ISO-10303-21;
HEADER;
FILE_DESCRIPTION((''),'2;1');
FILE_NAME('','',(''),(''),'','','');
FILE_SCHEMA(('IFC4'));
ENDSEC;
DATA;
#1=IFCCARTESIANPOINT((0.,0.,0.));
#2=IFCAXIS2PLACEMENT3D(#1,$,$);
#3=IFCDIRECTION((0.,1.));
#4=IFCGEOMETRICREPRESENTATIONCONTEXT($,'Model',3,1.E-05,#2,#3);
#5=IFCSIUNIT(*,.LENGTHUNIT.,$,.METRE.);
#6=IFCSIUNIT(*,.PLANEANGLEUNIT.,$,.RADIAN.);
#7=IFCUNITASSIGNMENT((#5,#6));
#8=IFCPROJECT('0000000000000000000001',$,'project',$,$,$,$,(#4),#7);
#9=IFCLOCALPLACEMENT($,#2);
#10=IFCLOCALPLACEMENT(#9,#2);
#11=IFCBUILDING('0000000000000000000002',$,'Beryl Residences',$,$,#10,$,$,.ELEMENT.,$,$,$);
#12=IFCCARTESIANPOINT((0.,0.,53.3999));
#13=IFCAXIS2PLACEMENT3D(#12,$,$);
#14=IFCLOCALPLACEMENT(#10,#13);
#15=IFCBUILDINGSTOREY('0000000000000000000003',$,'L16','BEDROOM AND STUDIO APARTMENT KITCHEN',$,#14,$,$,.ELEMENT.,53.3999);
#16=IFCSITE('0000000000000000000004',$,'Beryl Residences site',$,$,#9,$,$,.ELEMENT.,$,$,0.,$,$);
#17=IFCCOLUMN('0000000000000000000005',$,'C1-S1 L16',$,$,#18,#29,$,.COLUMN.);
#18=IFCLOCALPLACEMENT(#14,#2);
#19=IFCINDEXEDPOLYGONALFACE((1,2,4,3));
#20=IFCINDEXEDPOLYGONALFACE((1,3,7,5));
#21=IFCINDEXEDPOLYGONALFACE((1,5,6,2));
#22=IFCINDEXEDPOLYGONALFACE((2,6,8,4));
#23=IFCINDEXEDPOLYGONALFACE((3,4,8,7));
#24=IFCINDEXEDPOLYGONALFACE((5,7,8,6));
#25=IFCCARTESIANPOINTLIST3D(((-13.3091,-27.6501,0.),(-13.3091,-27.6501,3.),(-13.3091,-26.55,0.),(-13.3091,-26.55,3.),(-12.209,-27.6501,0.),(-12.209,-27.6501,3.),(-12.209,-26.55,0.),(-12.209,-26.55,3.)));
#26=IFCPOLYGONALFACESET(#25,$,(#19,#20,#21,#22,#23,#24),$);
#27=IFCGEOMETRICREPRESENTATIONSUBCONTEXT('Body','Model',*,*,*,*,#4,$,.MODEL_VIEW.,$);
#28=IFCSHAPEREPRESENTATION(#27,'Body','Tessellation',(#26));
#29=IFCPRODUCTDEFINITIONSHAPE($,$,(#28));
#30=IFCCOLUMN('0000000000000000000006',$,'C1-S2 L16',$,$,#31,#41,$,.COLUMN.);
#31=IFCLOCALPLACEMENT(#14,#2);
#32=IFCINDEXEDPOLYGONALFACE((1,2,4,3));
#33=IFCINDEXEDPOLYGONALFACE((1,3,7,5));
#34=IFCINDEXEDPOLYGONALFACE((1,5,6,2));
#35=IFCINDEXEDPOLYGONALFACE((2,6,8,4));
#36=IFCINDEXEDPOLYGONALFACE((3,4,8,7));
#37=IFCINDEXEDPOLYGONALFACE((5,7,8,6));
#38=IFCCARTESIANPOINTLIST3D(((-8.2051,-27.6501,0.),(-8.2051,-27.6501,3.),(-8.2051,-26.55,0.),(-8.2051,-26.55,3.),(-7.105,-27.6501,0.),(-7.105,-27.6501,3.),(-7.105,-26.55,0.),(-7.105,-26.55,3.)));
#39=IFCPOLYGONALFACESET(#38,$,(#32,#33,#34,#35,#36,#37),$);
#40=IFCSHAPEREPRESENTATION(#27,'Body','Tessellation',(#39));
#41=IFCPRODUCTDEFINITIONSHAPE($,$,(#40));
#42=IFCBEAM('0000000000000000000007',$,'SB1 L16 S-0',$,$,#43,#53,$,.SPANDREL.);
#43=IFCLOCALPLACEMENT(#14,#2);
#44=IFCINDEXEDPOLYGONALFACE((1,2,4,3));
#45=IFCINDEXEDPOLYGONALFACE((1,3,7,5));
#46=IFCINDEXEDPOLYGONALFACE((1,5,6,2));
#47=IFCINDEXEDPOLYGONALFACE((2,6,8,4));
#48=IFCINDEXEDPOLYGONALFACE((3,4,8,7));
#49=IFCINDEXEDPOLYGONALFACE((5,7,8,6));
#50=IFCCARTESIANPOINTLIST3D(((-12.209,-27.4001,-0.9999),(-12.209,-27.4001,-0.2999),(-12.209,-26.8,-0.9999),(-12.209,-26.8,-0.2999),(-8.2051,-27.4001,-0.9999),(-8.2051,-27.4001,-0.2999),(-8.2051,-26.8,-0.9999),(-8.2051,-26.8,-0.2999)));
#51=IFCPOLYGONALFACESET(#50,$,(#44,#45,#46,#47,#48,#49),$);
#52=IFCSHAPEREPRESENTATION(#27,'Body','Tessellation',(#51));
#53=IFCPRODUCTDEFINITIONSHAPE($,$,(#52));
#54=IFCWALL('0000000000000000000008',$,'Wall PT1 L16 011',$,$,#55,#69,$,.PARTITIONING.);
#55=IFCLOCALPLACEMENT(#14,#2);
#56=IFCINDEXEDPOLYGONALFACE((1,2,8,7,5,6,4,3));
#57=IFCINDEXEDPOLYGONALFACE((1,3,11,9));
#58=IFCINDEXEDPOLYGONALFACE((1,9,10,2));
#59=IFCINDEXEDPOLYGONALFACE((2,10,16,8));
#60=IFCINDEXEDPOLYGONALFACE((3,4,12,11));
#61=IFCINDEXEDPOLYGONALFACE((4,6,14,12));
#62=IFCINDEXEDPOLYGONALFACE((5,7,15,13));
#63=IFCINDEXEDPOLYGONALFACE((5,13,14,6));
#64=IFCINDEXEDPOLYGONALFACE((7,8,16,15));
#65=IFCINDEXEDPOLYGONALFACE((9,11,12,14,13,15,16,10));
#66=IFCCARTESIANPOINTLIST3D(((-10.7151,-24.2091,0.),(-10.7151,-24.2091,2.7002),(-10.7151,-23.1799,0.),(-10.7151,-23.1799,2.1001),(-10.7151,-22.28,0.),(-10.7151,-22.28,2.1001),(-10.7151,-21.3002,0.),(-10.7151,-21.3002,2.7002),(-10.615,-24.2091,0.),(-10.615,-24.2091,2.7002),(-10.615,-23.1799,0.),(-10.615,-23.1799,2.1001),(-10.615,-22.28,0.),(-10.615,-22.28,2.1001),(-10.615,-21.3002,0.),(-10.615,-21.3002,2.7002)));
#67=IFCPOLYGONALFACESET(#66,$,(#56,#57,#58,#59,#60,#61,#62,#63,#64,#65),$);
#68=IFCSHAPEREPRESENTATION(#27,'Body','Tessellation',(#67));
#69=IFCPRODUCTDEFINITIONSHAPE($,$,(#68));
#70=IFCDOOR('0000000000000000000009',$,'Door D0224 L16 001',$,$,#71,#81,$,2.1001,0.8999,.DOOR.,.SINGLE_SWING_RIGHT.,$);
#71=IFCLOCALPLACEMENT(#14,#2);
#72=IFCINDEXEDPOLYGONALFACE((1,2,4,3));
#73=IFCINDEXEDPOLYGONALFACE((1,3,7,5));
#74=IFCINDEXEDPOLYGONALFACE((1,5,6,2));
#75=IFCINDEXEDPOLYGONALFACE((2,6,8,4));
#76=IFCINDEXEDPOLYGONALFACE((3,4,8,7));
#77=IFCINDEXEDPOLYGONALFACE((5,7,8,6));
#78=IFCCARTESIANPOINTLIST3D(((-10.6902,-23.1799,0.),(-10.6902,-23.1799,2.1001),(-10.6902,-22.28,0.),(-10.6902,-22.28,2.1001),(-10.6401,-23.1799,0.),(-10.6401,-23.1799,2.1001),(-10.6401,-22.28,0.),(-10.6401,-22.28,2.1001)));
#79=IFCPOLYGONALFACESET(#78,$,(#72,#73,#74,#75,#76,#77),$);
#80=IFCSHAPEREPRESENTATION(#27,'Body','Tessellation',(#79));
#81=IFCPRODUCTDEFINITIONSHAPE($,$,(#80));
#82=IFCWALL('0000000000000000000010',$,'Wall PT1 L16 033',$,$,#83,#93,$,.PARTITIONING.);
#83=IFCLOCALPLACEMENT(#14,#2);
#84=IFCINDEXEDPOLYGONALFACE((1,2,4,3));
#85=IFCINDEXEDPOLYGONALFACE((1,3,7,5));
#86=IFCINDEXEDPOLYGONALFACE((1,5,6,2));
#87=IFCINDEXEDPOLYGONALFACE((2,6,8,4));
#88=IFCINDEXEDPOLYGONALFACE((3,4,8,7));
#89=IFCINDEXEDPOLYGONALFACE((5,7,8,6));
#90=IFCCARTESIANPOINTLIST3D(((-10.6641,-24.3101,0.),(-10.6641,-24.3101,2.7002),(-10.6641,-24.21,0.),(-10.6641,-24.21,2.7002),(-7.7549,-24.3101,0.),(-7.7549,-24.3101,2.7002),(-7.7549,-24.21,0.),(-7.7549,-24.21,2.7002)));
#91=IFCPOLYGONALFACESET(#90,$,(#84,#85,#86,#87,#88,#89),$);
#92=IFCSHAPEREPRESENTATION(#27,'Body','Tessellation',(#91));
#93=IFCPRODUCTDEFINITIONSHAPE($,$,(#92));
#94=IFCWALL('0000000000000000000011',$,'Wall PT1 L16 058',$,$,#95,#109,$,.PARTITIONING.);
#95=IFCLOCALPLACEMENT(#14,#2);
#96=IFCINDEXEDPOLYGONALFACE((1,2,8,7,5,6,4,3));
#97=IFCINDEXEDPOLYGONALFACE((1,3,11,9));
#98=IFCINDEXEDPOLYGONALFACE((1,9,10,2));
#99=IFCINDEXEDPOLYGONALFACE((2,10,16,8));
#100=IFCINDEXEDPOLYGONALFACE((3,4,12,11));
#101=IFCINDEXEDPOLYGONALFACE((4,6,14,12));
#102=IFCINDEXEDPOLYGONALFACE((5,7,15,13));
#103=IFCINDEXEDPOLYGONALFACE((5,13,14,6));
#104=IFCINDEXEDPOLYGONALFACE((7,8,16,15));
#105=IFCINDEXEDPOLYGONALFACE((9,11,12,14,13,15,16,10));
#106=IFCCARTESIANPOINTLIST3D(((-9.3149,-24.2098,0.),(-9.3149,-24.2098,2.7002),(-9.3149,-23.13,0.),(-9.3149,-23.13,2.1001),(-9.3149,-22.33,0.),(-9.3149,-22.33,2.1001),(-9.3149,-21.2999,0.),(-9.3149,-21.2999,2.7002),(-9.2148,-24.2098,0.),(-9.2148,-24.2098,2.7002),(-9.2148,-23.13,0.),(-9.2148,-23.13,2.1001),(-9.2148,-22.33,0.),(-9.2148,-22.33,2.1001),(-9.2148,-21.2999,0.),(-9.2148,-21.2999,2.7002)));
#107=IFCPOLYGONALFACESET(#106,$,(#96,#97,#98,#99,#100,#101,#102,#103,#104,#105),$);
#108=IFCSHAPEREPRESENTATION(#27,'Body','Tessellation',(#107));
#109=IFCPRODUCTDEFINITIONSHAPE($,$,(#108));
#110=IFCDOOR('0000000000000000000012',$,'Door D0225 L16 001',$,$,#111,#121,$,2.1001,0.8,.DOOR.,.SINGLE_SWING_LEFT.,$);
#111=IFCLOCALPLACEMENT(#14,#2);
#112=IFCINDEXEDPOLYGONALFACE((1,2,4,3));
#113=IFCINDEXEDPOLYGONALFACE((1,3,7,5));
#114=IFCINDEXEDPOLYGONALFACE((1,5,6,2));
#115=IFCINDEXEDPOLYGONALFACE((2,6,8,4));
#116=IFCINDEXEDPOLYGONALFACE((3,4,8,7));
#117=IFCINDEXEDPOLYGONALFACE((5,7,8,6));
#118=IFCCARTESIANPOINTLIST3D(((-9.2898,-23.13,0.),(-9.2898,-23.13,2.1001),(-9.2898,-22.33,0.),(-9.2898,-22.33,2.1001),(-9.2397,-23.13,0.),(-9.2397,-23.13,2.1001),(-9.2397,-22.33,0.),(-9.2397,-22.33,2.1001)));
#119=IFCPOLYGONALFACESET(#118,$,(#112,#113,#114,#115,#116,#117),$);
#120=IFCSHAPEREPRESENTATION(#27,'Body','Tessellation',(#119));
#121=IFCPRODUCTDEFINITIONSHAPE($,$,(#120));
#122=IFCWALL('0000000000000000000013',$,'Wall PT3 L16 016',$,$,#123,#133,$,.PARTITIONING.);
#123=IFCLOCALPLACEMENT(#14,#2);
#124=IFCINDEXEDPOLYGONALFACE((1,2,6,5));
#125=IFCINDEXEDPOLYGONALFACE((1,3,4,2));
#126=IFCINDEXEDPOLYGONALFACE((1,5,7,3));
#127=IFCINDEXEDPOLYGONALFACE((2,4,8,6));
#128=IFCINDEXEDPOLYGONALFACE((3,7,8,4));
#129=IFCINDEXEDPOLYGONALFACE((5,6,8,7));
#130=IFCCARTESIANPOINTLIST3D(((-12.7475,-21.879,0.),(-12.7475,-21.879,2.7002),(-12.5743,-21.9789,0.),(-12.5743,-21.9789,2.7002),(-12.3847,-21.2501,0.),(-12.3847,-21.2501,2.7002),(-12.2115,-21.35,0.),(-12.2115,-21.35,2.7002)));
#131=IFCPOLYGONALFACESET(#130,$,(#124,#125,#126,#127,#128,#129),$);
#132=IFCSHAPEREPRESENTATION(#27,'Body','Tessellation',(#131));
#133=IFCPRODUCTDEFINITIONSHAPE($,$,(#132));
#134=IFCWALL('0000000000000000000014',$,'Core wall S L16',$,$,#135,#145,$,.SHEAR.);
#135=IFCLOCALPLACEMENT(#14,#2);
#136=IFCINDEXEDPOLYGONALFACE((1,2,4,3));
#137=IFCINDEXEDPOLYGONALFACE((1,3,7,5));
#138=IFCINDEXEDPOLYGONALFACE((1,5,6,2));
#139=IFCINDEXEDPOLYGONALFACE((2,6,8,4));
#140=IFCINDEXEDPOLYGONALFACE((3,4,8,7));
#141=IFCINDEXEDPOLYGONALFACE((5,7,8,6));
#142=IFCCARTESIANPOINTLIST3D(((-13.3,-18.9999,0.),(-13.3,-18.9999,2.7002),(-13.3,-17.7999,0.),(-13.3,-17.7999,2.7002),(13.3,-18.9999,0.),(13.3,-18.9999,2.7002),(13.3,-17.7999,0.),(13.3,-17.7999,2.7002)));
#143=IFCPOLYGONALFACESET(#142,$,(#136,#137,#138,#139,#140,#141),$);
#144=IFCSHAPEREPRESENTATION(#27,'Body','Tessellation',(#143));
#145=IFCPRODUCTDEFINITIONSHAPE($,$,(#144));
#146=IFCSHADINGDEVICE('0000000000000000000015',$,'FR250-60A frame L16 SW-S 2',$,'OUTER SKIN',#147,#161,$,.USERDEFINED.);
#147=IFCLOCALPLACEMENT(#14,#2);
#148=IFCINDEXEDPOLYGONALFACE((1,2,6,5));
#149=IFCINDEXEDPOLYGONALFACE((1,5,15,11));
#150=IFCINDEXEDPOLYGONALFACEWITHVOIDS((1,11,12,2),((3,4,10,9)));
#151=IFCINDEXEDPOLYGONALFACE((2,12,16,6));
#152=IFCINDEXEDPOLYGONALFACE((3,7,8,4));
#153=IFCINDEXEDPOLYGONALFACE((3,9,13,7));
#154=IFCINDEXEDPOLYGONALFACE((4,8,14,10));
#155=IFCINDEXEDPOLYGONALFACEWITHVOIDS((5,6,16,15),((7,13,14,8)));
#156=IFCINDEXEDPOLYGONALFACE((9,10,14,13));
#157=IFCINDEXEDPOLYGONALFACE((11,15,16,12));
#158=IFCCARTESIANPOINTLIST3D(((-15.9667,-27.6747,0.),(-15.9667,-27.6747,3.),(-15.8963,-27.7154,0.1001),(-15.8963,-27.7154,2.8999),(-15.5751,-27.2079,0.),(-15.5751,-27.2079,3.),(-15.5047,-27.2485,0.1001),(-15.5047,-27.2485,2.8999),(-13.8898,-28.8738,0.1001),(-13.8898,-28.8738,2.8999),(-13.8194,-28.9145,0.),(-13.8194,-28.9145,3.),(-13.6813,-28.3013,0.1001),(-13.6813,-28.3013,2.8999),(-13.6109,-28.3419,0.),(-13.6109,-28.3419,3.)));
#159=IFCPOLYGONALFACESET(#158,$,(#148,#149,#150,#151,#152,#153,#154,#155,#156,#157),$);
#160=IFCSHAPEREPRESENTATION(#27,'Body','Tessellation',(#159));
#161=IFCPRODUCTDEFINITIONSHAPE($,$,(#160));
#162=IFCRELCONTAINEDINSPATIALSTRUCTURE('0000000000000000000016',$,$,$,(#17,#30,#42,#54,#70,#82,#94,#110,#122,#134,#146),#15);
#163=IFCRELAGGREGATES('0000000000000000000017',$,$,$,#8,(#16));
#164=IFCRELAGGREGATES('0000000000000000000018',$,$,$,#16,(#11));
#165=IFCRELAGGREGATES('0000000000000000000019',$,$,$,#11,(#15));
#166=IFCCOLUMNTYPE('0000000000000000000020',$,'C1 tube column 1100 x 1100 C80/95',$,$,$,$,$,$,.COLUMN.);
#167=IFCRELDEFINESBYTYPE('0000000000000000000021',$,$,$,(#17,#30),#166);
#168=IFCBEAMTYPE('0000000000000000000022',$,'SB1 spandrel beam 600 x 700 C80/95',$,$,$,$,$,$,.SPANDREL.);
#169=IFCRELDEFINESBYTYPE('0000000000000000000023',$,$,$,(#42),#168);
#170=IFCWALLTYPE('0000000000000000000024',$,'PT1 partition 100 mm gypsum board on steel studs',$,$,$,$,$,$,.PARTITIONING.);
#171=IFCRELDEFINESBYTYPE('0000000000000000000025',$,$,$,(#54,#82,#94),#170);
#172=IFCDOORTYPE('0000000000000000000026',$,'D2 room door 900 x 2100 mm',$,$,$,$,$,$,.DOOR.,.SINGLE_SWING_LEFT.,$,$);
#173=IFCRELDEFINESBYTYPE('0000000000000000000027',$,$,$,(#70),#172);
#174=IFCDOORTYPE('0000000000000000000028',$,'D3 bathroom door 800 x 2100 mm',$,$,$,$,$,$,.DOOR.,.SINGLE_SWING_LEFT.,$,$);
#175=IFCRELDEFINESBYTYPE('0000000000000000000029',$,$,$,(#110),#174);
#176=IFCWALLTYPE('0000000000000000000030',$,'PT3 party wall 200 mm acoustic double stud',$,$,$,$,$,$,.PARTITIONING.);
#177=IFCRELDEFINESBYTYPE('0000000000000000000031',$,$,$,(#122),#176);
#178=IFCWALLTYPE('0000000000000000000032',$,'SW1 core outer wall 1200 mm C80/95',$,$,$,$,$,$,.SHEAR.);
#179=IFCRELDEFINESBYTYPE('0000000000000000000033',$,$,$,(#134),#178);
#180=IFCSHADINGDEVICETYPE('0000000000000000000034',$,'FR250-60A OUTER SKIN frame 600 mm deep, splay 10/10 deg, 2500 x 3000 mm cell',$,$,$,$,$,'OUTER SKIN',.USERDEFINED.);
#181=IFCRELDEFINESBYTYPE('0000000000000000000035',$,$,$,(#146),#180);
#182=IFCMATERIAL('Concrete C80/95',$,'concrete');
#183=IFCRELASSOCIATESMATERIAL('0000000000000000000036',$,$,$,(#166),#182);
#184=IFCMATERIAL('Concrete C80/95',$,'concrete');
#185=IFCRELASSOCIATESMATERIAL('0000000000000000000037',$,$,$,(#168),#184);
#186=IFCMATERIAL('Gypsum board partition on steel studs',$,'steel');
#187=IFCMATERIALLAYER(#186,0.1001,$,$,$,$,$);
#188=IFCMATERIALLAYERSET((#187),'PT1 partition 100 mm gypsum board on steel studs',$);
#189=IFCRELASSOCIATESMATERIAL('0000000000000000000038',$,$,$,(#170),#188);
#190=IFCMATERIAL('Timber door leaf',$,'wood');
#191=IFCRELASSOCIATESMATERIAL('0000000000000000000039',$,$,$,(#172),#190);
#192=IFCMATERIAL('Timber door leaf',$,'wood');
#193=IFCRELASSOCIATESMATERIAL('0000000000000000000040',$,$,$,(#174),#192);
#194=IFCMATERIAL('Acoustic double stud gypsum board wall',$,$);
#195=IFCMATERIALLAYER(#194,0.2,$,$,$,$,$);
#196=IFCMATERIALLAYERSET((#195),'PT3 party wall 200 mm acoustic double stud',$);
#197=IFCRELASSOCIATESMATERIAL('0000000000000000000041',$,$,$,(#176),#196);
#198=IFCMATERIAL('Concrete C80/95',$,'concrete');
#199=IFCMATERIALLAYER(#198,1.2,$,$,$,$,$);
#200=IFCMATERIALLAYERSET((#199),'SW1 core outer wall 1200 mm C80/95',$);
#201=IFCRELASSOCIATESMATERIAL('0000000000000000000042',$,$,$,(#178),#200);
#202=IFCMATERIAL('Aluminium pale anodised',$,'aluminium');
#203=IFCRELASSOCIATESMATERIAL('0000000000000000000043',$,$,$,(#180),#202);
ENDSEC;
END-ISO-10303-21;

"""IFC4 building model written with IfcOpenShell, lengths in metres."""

from ifc_helpers import new_model, entity, si_unit, direction, frame, frame_2d, origin, origin_2d, place, context, subcontext, project, spatial, rectangle, extrude, source, transform, mapped, material, layer, layer_set, material_profile, profile_set, type_object, type_shapes, element, fill, save


model = new_model("IFC4")

# Units and contexts
model_context = context("Model", 3, precision=1e-05, world=origin(), true_north=direction((0.0, 1.0)))
body_context = subcontext(model_context, "Body", "Model", "MODEL_VIEW")
ifc_project = project(units=[si_unit("LENGTHUNIT", "METRE"), si_unit("PLANEANGLEUNIT", "RADIAN")], contexts=[model_context])

# Site, building, storey
site_placement = place(None, origin())
site = spatial("IfcSite", under=ifc_project, at=site_placement, Name="Beryl Residences site", CompositionType="ELEMENT", RefElevation=0.0)
building_placement = place(site_placement, origin())
building = spatial("IfcBuilding", under=site, at=building_placement, Name="Beryl Residences", CompositionType="ELEMENT")
storey_placement = place(building_placement, frame((0.0, 0.0, 53.3999)))
storey = spatial("IfcBuildingStorey", under=building, at=storey_placement, Name="L16", Description="BEDROOM AND STUDIO APARTMENT KITCHEN", CompositionType="ELEMENT", Elevation=53.3999)

# Columns
ifc_material_1 = material(Name="Concrete C80/95", Category="concrete")
ifc_material_profile_1 = material_profile(ifc_material_1, rectangle(XDim=1.1001, YDim=1.1001, at=origin_2d()))
ifc_profile_set_1 = profile_set([ifc_material_profile_1], Name="Concrete C80/95")
column_type = type_object("IfcColumnType", Name="C1 tube column 1100 x 1100 C80/95", PredefinedType="COLUMN", material=ifc_profile_set_1)
for number, where, z_axis, x_axis, name in (
    (1, (-12.759, -27.1001, 0.0), (0.0, 0.0, 1.0), (1.0, 0.0, 0.0), "C1-S1 L16"),
    (2, (-7.655, -27.1001, 0.0), (0.0, 0.0, 1.0), (1.0, 0.0, 0.0), "C1-S2 L16"),
):
    element("IfcColumn", number, at=place(storey_placement, frame(where, z_axis=z_axis, x_axis=x_axis)), inside=storey, type_object=column_type, Name=name, PredefinedType="COLUMN", context=body_context, shape_type="SweptSolid", body=[
        extrude(rectangle(XDim=1.1001, YDim=1.1001, at=origin_2d()), origin(), (0.0, 0.0, 1.0), 3.0),
    ])

# Beam
ifc_material_2 = material(Name="Concrete C80/95", Category="concrete")
ifc_material_profile_2 = material_profile(ifc_material_2, rectangle(XDim=0.6001, YDim=0.7, at=origin_2d()))
ifc_profile_set_2 = profile_set([ifc_material_profile_2], Name="Concrete C80/95")
beam_type = type_object("IfcBeamType", Name="SB1 spandrel beam 600 x 700 C80/95", PredefinedType="SPANDREL", material=ifc_profile_set_2)
beam_placement = place(storey_placement, frame((-12.209, -27.1001, -0.6499), z_axis=(1.0, 0.0, 0.0), x_axis=(0.0, 1.0, 0.0)))
element("IfcBeam", 3, at=beam_placement, inside=storey, type_object=beam_type, Name="SB1 L16 S-0", PredefinedType="SPANDREL", context=body_context, shape_type="SweptSolid", body=[
    extrude(rectangle(XDim=0.6001, YDim=0.7, at=origin_2d()), origin(), (0.0, 0.0, 1.0), 4.0039),
])

# Wall, opening, door
ifc_material_3 = material(Name="Gypsum board partition on steel studs", Category="steel")
ifc_layer_1 = layer(ifc_material_3, 0.1001)
ifc_layer_set_1 = layer_set([ifc_layer_1], Name="PT1 partition 100 mm gypsum board on steel studs")
wall_type_1 = type_object("IfcWallType", Name="PT1 partition 100 mm gypsum board on steel studs", PredefinedType="PARTITIONING", material=ifc_layer_set_1)
wall_1_placement = place(storey_placement, frame((-10.665, -21.3, 0.0), z_axis=(0.0, 0.0, 1.0), x_axis=(0.0, -1.0, 0.0)))
wall_1 = element("IfcWall", 4, at=wall_1_placement, inside=storey, type_object=wall_type_1, Name="Wall PT1 L16 011", PredefinedType="PARTITIONING", context=body_context, shape_type="SweptSolid", body=[
    extrude(rectangle(XDim=2.9089, YDim=0.1001, at=frame_2d((1.4546, 0.0))), origin(), (0.0, 0.0, 1.0), 2.7002),
])
opening_1_placement = place(wall_1_placement, frame((0.98, 0.0, 0.0)))
opening_1 = element("IfcOpeningElement", 5, at=opening_1_placement, cuts=wall_1, PredefinedType="OPENING", context=body_context, shape_type="SweptSolid", body=[
    extrude(rectangle(XDim=0.8999, YDim=2.1001, at=frame_2d((0.45, 1.05))), frame((0.0, 0.0601, 0.0), z_axis=(0.0, -1.0, 0.0), x_axis=(1.0, 0.0, 0.0)), (0.0, 0.0, 1.0), 0.1201),
])
ifc_material_4 = material(Name="Timber door leaf", Category="wood")
door_type_1 = type_object("IfcDoorType", Name="D2 room door 900 x 2100 mm", OperationType="SINGLE_SWING_LEFT", PredefinedType="DOOR", material=ifc_material_4)
door_1_placement = place(opening_1_placement, origin())
door_1 = element("IfcDoor", 6, at=door_1_placement, inside=storey, type_object=door_type_1, Name="Door D0224 L16 001", OperationType="SINGLE_SWING_RIGHT", OverallHeight=2.1001, OverallWidth=0.8999, PredefinedType="DOOR", context=body_context, shape_type="SweptSolid", body=[
    extrude(rectangle(XDim=0.8999, YDim=2.1001, at=frame_2d((0.45, 1.05))), frame((0.0, 0.0249, 0.0), z_axis=(0.0, -1.0, 0.0), x_axis=(1.0, 0.0, 0.0)), (0.0, 0.0, 1.0), 0.05),
])
fill(opening_1, door_1)

# Wall
wall_2_placement = place(storey_placement, frame((-10.6641, -24.26, 0.0), z_axis=(0.0, 0.0, 1.0), x_axis=(1.0, 0.0, 0.0)))
element("IfcWall", 7, at=wall_2_placement, inside=storey, type_object=wall_type_1, Name="Wall PT1 L16 033", PredefinedType="PARTITIONING", context=body_context, shape_type="SweptSolid", body=[
    extrude(rectangle(XDim=2.9092, YDim=0.1001, at=frame_2d((1.4546, 0.0))), origin(), (0.0, 0.0, 1.0), 2.7002),
])

# Wall, opening, door
wall_3_placement = place(storey_placement, frame((-9.2649, -24.21, 0.0), z_axis=(0.0, 0.0, 1.0), x_axis=(0.0, 1.0, 0.0)))
wall_3 = element("IfcWall", 8, at=wall_3_placement, inside=storey, type_object=wall_type_1, Name="Wall PT1 L16 058", PredefinedType="PARTITIONING", context=body_context, shape_type="SweptSolid", body=[
    extrude(rectangle(XDim=2.9099, YDim=0.1001, at=frame_2d((1.4551, 0.0))), origin(), (0.0, 0.0, 1.0), 2.7002),
])
opening_2_placement = place(wall_3_placement, frame((1.0801, 0.0, 0.0)))
opening_2 = element("IfcOpeningElement", 9, at=opening_2_placement, cuts=wall_3, PredefinedType="OPENING", context=body_context, shape_type="SweptSolid", body=[
    extrude(rectangle(XDim=0.8, YDim=2.1001, at=frame_2d((0.3999, 1.05))), frame((0.0, 0.0601, 0.0), z_axis=(0.0, -1.0, 0.0), x_axis=(1.0, 0.0, 0.0)), (0.0, 0.0, 1.0), 0.1201),
])
ifc_material_5 = material(Name="Timber door leaf", Category="wood")
door_type_2 = type_object("IfcDoorType", Name="D3 bathroom door 800 x 2100 mm", OperationType="SINGLE_SWING_LEFT", PredefinedType="DOOR", material=ifc_material_5)
door_2_placement = place(opening_2_placement, origin())
door_2 = element("IfcDoor", 10, at=door_2_placement, inside=storey, type_object=door_type_2, Name="Door D0225 L16 001", OperationType="SINGLE_SWING_LEFT", OverallHeight=2.1001, OverallWidth=0.8, PredefinedType="DOOR", context=body_context, shape_type="SweptSolid", body=[
    extrude(rectangle(XDim=0.8, YDim=2.1001, at=frame_2d((0.3999, 1.05))), frame((0.0, 0.0249, 0.0), z_axis=(0.0, -1.0, 0.0), x_axis=(1.0, 0.0, 0.0)), (0.0, 0.0, 1.0), 0.05),
])
fill(opening_2, door_2)

# Walls
ifc_material_6 = material(Name="Acoustic double stud gypsum board wall")
ifc_layer_2 = layer(ifc_material_6, 0.2)
ifc_layer_set_2 = layer_set([ifc_layer_2], Name="PT3 party wall 200 mm acoustic double stud")
wall_type_2 = type_object("IfcWallType", Name="PT3 party wall 200 mm acoustic double stud", PredefinedType="PARTITIONING", material=ifc_layer_set_2)
wall_4_placement = place(storey_placement, frame((-12.6609, -21.929, 0.0), z_axis=(0.0, 0.0, 1.0), x_axis=(0.499684, 0.866208, 0.0)))
element("IfcWall", 11, at=wall_4_placement, inside=storey, type_object=wall_type_2, Name="Wall PT3 L16 016", PredefinedType="PARTITIONING", context=body_context, shape_type="SweptSolid", body=[
    extrude(rectangle(XDim=0.7261, YDim=0.2, at=frame_2d((0.363, 0.0))), origin(), (0.0, 0.0, 1.0), 2.7002),
])
ifc_material_7 = material(Name="Concrete C80/95", Category="concrete")
ifc_layer_3 = layer(ifc_material_7, 1.2)
ifc_layer_set_3 = layer_set([ifc_layer_3], Name="SW1 core outer wall 1200 mm C80/95")
wall_type_3 = type_object("IfcWallType", Name="SW1 core outer wall 1200 mm C80/95", PredefinedType="SHEAR", material=ifc_layer_set_3)
wall_5_placement = place(storey_placement, frame((-13.3, -18.3999, 0.0), z_axis=(0.0, 0.0, 1.0), x_axis=(1.0, 0.0, 0.0)))
element("IfcWall", 12, at=wall_5_placement, inside=storey, type_object=wall_type_3, Name="Core wall S L16", PredefinedType="SHEAR", context=body_context, shape_type="SweptSolid", body=[
    extrude(rectangle(XDim=26.6001, YDim=1.2, at=frame_2d((13.3, 0.0))), origin(), (0.0, 0.0, 1.0), 2.7002),
])

# Shading device
ifc_material_8 = material(Name="Aluminium pale anodised", Category="aluminium")
shading_device_type_1 = type_object("IfcShadingDeviceType", Name="FR250-60A OUTER SKIN frame 600 mm deep, splay 10/10 deg, 2500 x 3000 mm cell", ElementType="OUTER SKIN", PredefinedType="USERDEFINED", material=ifc_material_8)
cartesian_point_1 = entity("IfcCartesianPoint", [-1.134, 0.0])
cartesian_point_2 = entity("IfcCartesianPoint", [-1.0527, 0.1001])
cartesian_point_3 = entity("IfcCartesianPoint", [-1.2397, 0.0])
cartesian_point_4 = entity("IfcCartesianPoint", [-1.1584, 0.1001])
shared_shape_1 = source(origin(), body_context, "Body", "SweptSolid", [
    entity("IfcExtrudedAreaSolidTapered", entity("IfcArbitraryProfileDefWithVoids", "AREA", None, entity("IfcPolyline", [cartesian_point_1, entity("IfcCartesianPoint", [1.134, 0.0]), entity("IfcCartesianPoint", [1.134, 3.0]), entity("IfcCartesianPoint", [-1.134, 3.0]), cartesian_point_1]), [entity("IfcPolyline", [cartesian_point_2, entity("IfcCartesianPoint", [1.0527, 0.1001]), entity("IfcCartesianPoint", [1.0527, 2.8999]), entity("IfcCartesianPoint", [-1.0527, 2.8999]), cartesian_point_2])]), entity("IfcAxis2Placement3D", entity("IfcCartesianPoint", [0.0, 0.0, 0.0]), entity("IfcDirection", [0.0, 1.0, 0.0]), entity("IfcDirection", [-1.0, 0.0, 0.0])), entity("IfcDirection", [0.0, 0.0, 1.0]), 0.6001, entity("IfcArbitraryProfileDefWithVoids", "AREA", None, entity("IfcPolyline", [cartesian_point_3, entity("IfcCartesianPoint", [1.2397, 0.0]), entity("IfcCartesianPoint", [1.2397, 3.0]), entity("IfcCartesianPoint", [-1.2397, 3.0]), cartesian_point_3]), [entity("IfcPolyline", [cartesian_point_4, entity("IfcCartesianPoint", [1.1584, 0.1001]), entity("IfcCartesianPoint", [1.1584, 2.8999]), entity("IfcCartesianPoint", [-1.1584, 2.8999]), cartesian_point_4])])),
])
type_shapes(shading_device_type_1, [shared_shape_1])
shading_device_placement = place(storey_placement, frame((-14.593, -27.7749, 0.0), z_axis=(0.0, 0.0, 1.0), x_axis=(-0.866025, 0.5, 0.0)))
element("IfcShadingDevice", 13, at=shading_device_placement, inside=storey, type_object=shading_device_type_1, Name="FR250-60A frame L16 SW-S 2", ObjectType="OUTER SKIN", PredefinedType="USERDEFINED", context=body_context, shape_type="MappedRepresentation", body=[
    mapped(shared_shape_1, transform((0.0, 0.0, 0.0))),
])

save(model, "model.ifc")
